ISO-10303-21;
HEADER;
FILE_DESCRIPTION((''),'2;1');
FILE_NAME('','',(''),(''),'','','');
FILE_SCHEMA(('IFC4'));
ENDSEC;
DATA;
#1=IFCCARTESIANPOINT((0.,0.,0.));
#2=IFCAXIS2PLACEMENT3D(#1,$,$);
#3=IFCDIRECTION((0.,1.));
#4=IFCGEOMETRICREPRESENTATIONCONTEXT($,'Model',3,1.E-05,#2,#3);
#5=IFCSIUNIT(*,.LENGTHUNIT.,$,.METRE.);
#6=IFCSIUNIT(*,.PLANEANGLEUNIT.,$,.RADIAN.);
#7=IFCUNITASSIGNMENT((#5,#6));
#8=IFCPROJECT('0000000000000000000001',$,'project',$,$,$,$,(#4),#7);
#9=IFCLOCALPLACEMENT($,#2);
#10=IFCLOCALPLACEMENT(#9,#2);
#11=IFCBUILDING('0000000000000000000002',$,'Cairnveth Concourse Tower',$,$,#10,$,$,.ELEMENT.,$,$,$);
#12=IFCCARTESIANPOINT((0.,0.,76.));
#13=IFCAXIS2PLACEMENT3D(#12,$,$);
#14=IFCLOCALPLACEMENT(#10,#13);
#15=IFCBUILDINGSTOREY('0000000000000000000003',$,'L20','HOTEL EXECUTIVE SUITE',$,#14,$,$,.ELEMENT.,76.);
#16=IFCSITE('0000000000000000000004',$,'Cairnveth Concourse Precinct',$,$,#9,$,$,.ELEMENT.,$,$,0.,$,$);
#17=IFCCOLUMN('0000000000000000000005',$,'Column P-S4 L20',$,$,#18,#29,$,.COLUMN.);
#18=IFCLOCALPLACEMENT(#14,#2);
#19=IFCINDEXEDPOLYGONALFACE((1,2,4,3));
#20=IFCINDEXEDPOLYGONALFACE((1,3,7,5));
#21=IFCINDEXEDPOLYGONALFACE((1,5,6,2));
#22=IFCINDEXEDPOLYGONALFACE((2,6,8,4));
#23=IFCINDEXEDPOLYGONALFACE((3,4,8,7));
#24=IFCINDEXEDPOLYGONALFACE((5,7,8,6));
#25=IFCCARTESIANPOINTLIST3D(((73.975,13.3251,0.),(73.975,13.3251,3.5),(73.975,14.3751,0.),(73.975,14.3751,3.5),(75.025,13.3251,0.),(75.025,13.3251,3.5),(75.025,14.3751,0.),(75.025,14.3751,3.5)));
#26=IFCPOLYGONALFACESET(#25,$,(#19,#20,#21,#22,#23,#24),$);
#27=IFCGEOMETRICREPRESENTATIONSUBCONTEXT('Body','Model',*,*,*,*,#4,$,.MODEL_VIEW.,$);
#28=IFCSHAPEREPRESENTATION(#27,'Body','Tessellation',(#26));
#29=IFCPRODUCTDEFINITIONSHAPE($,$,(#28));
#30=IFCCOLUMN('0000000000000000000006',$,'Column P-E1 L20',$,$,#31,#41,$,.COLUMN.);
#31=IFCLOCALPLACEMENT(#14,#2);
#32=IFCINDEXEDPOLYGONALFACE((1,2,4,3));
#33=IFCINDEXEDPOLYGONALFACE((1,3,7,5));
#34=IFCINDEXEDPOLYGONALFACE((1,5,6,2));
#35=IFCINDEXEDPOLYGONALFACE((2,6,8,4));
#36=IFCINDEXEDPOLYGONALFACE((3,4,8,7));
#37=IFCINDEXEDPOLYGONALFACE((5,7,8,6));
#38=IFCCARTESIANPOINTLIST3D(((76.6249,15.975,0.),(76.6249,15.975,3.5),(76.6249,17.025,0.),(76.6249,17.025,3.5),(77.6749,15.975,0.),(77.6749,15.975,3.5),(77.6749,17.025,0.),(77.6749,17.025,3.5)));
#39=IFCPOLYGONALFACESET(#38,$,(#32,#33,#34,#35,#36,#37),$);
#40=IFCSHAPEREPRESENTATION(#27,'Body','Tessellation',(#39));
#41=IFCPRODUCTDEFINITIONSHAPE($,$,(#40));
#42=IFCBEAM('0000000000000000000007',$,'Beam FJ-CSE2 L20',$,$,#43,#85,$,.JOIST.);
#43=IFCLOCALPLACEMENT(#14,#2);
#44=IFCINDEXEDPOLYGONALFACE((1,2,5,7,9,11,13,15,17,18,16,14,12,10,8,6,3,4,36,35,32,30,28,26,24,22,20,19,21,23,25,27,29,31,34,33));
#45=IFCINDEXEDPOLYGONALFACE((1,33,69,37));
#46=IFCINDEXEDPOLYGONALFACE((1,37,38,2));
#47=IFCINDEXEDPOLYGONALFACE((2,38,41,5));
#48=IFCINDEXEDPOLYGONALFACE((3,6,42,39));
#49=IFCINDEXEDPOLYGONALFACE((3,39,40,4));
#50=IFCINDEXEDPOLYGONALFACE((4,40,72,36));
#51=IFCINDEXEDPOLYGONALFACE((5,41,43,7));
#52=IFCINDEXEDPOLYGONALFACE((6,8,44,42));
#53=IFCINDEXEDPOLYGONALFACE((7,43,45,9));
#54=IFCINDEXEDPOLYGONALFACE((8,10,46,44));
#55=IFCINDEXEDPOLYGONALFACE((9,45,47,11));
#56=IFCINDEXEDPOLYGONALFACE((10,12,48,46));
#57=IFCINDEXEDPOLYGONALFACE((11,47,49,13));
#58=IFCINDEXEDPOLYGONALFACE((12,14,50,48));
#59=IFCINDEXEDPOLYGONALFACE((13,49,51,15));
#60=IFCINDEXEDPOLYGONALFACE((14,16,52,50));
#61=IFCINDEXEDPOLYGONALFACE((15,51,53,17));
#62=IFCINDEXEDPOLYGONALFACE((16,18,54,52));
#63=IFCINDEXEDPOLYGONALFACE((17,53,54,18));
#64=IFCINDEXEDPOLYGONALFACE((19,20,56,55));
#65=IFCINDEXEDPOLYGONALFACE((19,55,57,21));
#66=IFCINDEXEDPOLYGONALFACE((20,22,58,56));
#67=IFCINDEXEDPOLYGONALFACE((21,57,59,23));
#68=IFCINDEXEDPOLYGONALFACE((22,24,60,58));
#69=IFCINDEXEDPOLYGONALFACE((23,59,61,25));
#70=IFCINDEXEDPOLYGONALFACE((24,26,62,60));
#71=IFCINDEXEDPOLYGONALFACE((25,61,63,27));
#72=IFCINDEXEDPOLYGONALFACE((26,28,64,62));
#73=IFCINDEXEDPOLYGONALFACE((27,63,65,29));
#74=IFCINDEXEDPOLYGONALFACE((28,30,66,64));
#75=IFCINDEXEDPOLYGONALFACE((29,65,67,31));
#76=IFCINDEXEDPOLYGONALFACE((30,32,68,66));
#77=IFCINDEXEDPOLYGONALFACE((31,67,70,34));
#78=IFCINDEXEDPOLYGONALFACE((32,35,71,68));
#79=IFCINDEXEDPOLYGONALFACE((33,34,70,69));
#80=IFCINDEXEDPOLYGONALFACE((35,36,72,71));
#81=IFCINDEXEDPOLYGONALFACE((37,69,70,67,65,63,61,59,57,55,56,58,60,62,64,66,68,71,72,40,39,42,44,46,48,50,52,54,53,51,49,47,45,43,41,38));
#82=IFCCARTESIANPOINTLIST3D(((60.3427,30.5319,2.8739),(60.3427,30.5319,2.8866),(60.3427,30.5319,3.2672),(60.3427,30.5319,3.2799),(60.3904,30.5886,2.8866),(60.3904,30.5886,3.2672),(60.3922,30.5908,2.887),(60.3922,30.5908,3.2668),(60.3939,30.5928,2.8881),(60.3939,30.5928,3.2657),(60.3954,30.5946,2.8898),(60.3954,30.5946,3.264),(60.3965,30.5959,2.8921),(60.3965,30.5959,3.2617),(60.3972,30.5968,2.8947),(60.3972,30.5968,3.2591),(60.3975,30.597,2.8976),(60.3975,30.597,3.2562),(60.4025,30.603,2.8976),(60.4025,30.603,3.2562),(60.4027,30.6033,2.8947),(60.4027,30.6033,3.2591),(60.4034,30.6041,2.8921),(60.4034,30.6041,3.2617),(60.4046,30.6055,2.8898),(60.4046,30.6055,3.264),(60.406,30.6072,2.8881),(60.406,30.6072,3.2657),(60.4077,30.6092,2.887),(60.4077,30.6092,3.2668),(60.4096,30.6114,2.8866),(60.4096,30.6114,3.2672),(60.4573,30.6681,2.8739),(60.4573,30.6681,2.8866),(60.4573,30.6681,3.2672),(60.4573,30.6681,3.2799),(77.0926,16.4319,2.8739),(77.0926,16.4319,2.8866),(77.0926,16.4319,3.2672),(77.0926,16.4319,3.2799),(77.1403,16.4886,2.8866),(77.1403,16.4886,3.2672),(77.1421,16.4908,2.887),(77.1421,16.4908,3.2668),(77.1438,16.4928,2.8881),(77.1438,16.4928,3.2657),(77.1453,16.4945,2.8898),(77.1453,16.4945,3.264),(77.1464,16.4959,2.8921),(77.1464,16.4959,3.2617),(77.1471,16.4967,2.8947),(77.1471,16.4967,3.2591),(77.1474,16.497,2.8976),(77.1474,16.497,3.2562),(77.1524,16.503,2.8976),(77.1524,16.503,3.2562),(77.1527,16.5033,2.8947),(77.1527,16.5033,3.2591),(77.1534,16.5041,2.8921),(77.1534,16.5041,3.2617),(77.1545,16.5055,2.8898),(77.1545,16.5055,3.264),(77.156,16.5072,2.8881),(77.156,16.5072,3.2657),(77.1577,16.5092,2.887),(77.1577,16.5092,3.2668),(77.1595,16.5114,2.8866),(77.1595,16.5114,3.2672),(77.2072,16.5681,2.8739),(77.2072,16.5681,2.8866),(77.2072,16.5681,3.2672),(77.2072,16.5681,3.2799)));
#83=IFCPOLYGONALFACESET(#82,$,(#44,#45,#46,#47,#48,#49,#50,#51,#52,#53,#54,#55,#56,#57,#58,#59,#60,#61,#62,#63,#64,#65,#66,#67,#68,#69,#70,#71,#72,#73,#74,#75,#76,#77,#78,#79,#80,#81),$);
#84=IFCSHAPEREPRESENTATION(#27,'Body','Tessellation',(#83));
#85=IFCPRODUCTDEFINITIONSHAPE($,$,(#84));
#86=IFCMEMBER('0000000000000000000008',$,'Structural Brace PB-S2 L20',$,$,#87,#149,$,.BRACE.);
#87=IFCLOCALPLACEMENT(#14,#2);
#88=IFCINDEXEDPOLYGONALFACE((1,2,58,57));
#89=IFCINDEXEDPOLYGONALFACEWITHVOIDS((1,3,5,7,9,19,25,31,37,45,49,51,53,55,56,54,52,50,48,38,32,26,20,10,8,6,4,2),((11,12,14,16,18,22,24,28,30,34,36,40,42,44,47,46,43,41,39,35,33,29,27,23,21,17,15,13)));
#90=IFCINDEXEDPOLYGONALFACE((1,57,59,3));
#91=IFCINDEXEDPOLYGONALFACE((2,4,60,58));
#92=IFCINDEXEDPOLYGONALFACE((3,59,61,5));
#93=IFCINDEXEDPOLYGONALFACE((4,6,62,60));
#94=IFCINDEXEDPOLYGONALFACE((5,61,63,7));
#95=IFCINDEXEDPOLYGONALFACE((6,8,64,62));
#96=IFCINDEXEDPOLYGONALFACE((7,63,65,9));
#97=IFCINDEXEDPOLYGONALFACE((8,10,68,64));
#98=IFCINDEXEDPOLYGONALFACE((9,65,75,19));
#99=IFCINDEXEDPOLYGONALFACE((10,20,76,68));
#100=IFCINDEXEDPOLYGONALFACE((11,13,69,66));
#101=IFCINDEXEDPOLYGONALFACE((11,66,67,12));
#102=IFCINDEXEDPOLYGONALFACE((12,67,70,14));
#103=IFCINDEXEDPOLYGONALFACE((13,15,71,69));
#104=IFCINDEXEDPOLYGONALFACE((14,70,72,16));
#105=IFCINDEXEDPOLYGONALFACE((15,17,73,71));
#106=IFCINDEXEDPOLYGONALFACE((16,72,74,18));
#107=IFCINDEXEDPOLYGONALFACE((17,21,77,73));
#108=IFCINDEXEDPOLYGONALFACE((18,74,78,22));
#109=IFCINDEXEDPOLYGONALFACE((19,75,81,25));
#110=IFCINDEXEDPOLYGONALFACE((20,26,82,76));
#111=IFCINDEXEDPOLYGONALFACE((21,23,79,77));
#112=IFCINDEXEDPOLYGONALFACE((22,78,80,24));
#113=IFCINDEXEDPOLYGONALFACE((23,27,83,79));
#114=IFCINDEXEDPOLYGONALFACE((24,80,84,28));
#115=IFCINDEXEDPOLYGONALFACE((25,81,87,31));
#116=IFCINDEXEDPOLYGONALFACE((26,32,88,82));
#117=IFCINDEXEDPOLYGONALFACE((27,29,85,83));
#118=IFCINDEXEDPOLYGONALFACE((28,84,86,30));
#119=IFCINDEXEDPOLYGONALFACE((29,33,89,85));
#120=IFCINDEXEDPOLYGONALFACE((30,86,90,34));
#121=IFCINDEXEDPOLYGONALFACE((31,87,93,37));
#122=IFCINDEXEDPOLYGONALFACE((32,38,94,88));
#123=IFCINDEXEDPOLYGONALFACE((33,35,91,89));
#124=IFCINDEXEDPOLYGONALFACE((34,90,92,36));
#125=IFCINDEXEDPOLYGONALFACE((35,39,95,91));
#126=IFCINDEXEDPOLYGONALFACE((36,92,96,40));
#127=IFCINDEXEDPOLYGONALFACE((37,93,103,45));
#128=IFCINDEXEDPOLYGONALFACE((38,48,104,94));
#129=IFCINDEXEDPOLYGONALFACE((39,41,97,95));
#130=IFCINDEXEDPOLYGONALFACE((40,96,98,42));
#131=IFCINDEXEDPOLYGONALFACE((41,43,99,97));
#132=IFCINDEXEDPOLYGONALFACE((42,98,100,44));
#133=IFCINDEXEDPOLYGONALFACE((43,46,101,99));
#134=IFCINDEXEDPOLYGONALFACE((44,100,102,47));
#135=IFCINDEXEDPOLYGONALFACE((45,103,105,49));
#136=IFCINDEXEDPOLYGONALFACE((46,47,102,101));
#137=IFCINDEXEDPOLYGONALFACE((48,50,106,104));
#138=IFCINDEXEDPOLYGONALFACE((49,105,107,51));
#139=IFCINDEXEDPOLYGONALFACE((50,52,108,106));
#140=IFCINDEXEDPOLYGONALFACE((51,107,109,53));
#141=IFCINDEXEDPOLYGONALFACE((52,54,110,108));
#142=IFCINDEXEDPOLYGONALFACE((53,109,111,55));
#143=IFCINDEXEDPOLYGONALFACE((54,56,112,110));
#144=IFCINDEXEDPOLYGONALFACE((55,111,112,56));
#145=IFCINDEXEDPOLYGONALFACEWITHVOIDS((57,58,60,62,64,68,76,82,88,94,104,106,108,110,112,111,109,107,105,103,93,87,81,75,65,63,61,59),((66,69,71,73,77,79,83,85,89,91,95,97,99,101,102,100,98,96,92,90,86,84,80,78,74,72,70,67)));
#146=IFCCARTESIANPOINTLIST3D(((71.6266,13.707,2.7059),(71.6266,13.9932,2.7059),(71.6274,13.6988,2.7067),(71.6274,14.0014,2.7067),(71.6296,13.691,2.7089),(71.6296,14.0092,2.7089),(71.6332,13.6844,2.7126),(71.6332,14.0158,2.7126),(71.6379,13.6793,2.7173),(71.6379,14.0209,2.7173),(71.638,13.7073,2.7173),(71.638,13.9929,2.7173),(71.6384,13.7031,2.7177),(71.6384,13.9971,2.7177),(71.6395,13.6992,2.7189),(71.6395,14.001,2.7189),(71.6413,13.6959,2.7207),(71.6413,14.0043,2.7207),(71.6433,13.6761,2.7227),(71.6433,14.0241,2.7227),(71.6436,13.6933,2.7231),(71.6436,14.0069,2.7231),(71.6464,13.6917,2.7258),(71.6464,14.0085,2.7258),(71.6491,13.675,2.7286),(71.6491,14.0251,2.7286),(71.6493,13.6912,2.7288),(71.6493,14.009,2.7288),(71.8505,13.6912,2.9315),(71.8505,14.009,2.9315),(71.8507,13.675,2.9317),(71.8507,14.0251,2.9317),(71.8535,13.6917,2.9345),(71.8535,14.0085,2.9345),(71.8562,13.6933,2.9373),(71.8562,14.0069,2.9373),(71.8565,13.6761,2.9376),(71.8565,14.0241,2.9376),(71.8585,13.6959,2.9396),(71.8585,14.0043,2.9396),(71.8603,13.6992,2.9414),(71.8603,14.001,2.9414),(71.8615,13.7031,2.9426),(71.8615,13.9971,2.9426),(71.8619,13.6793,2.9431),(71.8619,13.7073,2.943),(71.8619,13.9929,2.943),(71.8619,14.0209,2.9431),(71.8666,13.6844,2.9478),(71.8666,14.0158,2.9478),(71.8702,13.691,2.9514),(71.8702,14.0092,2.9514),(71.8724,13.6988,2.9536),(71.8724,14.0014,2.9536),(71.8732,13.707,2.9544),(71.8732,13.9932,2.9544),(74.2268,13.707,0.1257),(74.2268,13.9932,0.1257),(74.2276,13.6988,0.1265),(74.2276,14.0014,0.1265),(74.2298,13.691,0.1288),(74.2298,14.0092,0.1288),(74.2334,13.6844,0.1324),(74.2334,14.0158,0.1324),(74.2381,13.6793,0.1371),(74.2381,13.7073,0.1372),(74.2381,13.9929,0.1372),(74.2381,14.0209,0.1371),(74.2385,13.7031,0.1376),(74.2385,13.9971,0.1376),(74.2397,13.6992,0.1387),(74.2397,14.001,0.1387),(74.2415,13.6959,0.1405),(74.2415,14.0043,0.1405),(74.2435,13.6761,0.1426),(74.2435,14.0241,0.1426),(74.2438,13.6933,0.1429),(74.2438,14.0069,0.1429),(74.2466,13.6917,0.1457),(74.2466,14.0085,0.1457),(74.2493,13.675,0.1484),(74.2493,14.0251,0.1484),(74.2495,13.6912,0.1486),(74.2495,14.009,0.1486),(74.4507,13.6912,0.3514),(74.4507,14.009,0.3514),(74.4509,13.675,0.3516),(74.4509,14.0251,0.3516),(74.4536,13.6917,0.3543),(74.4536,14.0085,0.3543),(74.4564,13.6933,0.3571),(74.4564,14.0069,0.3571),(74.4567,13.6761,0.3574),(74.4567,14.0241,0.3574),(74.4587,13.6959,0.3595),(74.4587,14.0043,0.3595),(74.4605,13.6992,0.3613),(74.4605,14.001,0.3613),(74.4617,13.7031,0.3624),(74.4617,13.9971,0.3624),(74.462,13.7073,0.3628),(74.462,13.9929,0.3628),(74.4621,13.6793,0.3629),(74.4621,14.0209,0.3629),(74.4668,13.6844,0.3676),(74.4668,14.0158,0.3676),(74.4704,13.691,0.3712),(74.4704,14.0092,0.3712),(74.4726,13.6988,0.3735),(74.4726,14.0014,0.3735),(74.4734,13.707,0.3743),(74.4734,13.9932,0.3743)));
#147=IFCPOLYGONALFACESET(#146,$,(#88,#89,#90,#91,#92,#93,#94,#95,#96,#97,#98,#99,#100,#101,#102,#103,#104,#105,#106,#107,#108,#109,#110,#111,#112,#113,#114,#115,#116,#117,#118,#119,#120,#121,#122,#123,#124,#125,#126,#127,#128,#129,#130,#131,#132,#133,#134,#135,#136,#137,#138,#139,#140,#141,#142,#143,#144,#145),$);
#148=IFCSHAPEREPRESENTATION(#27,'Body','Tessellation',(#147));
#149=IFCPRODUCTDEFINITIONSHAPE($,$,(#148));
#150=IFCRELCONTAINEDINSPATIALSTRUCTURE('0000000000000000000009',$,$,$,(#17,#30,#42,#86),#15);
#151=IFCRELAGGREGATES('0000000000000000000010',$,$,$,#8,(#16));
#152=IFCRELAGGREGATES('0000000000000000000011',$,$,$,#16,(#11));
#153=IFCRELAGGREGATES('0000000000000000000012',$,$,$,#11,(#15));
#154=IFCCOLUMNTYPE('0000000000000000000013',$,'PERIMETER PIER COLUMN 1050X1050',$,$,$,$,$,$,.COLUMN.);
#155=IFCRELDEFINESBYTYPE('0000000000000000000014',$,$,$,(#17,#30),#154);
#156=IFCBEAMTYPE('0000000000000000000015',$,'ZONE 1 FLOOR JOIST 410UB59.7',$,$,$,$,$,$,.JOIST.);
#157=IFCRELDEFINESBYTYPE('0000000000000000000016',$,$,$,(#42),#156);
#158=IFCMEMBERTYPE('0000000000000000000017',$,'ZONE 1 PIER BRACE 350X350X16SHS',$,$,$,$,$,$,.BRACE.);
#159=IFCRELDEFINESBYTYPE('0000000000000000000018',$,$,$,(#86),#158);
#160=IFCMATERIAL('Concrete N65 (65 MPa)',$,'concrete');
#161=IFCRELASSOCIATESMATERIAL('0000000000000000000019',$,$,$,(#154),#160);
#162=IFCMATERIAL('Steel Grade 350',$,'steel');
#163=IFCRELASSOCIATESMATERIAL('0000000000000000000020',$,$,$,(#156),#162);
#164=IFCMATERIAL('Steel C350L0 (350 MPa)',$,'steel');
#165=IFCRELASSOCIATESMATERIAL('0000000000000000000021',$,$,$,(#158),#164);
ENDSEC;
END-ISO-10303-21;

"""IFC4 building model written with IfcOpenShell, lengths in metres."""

from ifc_helpers import new_model, si_unit, direction, frame, origin, origin_2d, place, context, subcontext, project, spatial, rectangle, hollow_rectangle, i_section, extrude, material, material_profile, profile_set, type_object, element, save


model = new_model("IFC4")

# Units and contexts
model_context = context("Model", 3, precision=1e-05, world=origin(), true_north=direction((0.0, 1.0)))
body_context = subcontext(model_context, "Body", "Model", "MODEL_VIEW")
ifc_project = project(units=[si_unit("LENGTHUNIT", "METRE"), si_unit("PLANEANGLEUNIT", "RADIAN")], contexts=[model_context])

# Site, building, storey
site_placement = place(None, origin())
site = spatial("IfcSite", under=ifc_project, at=site_placement, Name="Cairnveth Concourse Precinct", CompositionType="ELEMENT", RefElevation=0.0)
building_placement = place(site_placement, origin())
building = spatial("IfcBuilding", under=site, at=building_placement, Name="Cairnveth Concourse Tower", CompositionType="ELEMENT")
storey_placement = place(building_placement, frame((0.0, 0.0, 76.0)))
storey = spatial("IfcBuildingStorey", under=building, at=storey_placement, Name="L20", Description="HOTEL EXECUTIVE SUITE", CompositionType="ELEMENT", Elevation=76.0)

# Columns
ifc_material_1 = material(Name="Concrete N65 (65 MPa)", Category="concrete")
ifc_material_profile_1 = material_profile(ifc_material_1, rectangle(XDim=1.05, YDim=1.05, at=origin_2d()), Name="RC-COL-1050x1050")
ifc_profile_set_1 = profile_set([ifc_material_profile_1], Name="Concrete N65 (65 MPa)")
column_type = type_object("IfcColumnType", Name="PERIMETER PIER COLUMN 1050X1050", PredefinedType="COLUMN", material=ifc_profile_set_1)
for number, where, z_axis, x_axis, name in (
    (1, (74.5, 13.8501, 0.0), (0.0, 0.0, 1.0), (1.0, 0.0, 0.0), "Column P-S4 L20"),
    (2, (77.1499, 16.5, 0.0), (0.0, 0.0, 1.0), (0.0, 1.0, 0.0), "Column P-E1 L20"),
):
    element("IfcColumn", number, at=place(storey_placement, frame(where, z_axis=z_axis, x_axis=x_axis)), inside=storey, type_object=column_type, Name=name, PredefinedType="COLUMN", context=body_context, shape_type="SweptSolid", body=[
        extrude(rectangle(XDim=1.05, YDim=1.05, at=origin_2d()), origin(), (0.0, 0.0, 1.0), 3.5),
    ])

# Beam
ifc_material_2 = material(Name="Steel Grade 350", Category="steel")
ifc_material_profile_2 = material_profile(ifc_material_2, i_section(OverallWidth=0.178, OverallDepth=0.406, WebThickness=0.0078, FlangeThickness=0.0127, FilletRadius=0.011, at=origin_2d()), Name="410UB59.7")
ifc_profile_set_2 = profile_set([ifc_material_profile_2], Name="Steel Grade 350")
beam_type_1 = type_object("IfcBeamType", Name="ZONE 1 FLOOR JOIST 410UB59.7", PredefinedType="JOIST", material=ifc_profile_set_2)
beam_1_placement = place(storey_placement, frame((77.1499, 16.5, 3.0769), z_axis=(-0.765027, 0.643998, 0.0), x_axis=(-0.643998, -0.765027, 0.0)))
element("IfcBeam", 3, at=beam_1_placement, inside=storey, type_object=beam_type_1, Name="Beam FJ-CSE2 L20", PredefinedType="JOIST", context=body_context, shape_type="SweptSolid", body=[
    extrude(i_section(OverallWidth=0.178, OverallDepth=0.406, WebThickness=0.0078, FlangeThickness=0.0127, FilletRadius=0.011, at=origin_2d()), origin(), (0.0, 0.0, 1.0), 21.8945),
])

# Member
ifc_material_3 = material(Name="Steel C350L0 (350 MPa)", Category="steel")
ifc_material_profile_3 = material_profile(ifc_material_3, hollow_rectangle(XDim=0.3501, YDim=0.3501, WallThickness=0.0161, InnerFilletRadius=0.0161, OuterFilletRadius=0.032, at=origin_2d()), Name="350x350x16.0SHS")
ifc_profile_set_3 = profile_set([ifc_material_profile_3], Name="Steel C350L0 (350 MPa)")
member_type = type_object("IfcMemberType", Name="ZONE 1 PIER BRACE 350X350X16SHS", PredefinedType="BRACE", material=ifc_profile_set_3)
for number, where, z_axis, x_axis, name in (
    (4, (74.3501, 13.8501, 0.25), (-0.709834, 0.0, 0.704369), (0.0, -1.0, 0.0), "Structural Brace PB-S2 L20"),
):
    element("IfcMember", number, at=place(storey_placement, frame(where, z_axis=z_axis, x_axis=x_axis)), inside=storey, type_object=member_type, Name=name, PredefinedType="BRACE", context=body_context, shape_type="SweptSolid", body=[
        extrude(hollow_rectangle(XDim=0.3501, YDim=0.3501, WallThickness=0.0161, InnerFilletRadius=0.0161, OuterFilletRadius=0.032, at=origin_2d()), origin(), (0.0, 0.0, 1.0), 3.6631),
    ])

save(model, "model.ifc")
